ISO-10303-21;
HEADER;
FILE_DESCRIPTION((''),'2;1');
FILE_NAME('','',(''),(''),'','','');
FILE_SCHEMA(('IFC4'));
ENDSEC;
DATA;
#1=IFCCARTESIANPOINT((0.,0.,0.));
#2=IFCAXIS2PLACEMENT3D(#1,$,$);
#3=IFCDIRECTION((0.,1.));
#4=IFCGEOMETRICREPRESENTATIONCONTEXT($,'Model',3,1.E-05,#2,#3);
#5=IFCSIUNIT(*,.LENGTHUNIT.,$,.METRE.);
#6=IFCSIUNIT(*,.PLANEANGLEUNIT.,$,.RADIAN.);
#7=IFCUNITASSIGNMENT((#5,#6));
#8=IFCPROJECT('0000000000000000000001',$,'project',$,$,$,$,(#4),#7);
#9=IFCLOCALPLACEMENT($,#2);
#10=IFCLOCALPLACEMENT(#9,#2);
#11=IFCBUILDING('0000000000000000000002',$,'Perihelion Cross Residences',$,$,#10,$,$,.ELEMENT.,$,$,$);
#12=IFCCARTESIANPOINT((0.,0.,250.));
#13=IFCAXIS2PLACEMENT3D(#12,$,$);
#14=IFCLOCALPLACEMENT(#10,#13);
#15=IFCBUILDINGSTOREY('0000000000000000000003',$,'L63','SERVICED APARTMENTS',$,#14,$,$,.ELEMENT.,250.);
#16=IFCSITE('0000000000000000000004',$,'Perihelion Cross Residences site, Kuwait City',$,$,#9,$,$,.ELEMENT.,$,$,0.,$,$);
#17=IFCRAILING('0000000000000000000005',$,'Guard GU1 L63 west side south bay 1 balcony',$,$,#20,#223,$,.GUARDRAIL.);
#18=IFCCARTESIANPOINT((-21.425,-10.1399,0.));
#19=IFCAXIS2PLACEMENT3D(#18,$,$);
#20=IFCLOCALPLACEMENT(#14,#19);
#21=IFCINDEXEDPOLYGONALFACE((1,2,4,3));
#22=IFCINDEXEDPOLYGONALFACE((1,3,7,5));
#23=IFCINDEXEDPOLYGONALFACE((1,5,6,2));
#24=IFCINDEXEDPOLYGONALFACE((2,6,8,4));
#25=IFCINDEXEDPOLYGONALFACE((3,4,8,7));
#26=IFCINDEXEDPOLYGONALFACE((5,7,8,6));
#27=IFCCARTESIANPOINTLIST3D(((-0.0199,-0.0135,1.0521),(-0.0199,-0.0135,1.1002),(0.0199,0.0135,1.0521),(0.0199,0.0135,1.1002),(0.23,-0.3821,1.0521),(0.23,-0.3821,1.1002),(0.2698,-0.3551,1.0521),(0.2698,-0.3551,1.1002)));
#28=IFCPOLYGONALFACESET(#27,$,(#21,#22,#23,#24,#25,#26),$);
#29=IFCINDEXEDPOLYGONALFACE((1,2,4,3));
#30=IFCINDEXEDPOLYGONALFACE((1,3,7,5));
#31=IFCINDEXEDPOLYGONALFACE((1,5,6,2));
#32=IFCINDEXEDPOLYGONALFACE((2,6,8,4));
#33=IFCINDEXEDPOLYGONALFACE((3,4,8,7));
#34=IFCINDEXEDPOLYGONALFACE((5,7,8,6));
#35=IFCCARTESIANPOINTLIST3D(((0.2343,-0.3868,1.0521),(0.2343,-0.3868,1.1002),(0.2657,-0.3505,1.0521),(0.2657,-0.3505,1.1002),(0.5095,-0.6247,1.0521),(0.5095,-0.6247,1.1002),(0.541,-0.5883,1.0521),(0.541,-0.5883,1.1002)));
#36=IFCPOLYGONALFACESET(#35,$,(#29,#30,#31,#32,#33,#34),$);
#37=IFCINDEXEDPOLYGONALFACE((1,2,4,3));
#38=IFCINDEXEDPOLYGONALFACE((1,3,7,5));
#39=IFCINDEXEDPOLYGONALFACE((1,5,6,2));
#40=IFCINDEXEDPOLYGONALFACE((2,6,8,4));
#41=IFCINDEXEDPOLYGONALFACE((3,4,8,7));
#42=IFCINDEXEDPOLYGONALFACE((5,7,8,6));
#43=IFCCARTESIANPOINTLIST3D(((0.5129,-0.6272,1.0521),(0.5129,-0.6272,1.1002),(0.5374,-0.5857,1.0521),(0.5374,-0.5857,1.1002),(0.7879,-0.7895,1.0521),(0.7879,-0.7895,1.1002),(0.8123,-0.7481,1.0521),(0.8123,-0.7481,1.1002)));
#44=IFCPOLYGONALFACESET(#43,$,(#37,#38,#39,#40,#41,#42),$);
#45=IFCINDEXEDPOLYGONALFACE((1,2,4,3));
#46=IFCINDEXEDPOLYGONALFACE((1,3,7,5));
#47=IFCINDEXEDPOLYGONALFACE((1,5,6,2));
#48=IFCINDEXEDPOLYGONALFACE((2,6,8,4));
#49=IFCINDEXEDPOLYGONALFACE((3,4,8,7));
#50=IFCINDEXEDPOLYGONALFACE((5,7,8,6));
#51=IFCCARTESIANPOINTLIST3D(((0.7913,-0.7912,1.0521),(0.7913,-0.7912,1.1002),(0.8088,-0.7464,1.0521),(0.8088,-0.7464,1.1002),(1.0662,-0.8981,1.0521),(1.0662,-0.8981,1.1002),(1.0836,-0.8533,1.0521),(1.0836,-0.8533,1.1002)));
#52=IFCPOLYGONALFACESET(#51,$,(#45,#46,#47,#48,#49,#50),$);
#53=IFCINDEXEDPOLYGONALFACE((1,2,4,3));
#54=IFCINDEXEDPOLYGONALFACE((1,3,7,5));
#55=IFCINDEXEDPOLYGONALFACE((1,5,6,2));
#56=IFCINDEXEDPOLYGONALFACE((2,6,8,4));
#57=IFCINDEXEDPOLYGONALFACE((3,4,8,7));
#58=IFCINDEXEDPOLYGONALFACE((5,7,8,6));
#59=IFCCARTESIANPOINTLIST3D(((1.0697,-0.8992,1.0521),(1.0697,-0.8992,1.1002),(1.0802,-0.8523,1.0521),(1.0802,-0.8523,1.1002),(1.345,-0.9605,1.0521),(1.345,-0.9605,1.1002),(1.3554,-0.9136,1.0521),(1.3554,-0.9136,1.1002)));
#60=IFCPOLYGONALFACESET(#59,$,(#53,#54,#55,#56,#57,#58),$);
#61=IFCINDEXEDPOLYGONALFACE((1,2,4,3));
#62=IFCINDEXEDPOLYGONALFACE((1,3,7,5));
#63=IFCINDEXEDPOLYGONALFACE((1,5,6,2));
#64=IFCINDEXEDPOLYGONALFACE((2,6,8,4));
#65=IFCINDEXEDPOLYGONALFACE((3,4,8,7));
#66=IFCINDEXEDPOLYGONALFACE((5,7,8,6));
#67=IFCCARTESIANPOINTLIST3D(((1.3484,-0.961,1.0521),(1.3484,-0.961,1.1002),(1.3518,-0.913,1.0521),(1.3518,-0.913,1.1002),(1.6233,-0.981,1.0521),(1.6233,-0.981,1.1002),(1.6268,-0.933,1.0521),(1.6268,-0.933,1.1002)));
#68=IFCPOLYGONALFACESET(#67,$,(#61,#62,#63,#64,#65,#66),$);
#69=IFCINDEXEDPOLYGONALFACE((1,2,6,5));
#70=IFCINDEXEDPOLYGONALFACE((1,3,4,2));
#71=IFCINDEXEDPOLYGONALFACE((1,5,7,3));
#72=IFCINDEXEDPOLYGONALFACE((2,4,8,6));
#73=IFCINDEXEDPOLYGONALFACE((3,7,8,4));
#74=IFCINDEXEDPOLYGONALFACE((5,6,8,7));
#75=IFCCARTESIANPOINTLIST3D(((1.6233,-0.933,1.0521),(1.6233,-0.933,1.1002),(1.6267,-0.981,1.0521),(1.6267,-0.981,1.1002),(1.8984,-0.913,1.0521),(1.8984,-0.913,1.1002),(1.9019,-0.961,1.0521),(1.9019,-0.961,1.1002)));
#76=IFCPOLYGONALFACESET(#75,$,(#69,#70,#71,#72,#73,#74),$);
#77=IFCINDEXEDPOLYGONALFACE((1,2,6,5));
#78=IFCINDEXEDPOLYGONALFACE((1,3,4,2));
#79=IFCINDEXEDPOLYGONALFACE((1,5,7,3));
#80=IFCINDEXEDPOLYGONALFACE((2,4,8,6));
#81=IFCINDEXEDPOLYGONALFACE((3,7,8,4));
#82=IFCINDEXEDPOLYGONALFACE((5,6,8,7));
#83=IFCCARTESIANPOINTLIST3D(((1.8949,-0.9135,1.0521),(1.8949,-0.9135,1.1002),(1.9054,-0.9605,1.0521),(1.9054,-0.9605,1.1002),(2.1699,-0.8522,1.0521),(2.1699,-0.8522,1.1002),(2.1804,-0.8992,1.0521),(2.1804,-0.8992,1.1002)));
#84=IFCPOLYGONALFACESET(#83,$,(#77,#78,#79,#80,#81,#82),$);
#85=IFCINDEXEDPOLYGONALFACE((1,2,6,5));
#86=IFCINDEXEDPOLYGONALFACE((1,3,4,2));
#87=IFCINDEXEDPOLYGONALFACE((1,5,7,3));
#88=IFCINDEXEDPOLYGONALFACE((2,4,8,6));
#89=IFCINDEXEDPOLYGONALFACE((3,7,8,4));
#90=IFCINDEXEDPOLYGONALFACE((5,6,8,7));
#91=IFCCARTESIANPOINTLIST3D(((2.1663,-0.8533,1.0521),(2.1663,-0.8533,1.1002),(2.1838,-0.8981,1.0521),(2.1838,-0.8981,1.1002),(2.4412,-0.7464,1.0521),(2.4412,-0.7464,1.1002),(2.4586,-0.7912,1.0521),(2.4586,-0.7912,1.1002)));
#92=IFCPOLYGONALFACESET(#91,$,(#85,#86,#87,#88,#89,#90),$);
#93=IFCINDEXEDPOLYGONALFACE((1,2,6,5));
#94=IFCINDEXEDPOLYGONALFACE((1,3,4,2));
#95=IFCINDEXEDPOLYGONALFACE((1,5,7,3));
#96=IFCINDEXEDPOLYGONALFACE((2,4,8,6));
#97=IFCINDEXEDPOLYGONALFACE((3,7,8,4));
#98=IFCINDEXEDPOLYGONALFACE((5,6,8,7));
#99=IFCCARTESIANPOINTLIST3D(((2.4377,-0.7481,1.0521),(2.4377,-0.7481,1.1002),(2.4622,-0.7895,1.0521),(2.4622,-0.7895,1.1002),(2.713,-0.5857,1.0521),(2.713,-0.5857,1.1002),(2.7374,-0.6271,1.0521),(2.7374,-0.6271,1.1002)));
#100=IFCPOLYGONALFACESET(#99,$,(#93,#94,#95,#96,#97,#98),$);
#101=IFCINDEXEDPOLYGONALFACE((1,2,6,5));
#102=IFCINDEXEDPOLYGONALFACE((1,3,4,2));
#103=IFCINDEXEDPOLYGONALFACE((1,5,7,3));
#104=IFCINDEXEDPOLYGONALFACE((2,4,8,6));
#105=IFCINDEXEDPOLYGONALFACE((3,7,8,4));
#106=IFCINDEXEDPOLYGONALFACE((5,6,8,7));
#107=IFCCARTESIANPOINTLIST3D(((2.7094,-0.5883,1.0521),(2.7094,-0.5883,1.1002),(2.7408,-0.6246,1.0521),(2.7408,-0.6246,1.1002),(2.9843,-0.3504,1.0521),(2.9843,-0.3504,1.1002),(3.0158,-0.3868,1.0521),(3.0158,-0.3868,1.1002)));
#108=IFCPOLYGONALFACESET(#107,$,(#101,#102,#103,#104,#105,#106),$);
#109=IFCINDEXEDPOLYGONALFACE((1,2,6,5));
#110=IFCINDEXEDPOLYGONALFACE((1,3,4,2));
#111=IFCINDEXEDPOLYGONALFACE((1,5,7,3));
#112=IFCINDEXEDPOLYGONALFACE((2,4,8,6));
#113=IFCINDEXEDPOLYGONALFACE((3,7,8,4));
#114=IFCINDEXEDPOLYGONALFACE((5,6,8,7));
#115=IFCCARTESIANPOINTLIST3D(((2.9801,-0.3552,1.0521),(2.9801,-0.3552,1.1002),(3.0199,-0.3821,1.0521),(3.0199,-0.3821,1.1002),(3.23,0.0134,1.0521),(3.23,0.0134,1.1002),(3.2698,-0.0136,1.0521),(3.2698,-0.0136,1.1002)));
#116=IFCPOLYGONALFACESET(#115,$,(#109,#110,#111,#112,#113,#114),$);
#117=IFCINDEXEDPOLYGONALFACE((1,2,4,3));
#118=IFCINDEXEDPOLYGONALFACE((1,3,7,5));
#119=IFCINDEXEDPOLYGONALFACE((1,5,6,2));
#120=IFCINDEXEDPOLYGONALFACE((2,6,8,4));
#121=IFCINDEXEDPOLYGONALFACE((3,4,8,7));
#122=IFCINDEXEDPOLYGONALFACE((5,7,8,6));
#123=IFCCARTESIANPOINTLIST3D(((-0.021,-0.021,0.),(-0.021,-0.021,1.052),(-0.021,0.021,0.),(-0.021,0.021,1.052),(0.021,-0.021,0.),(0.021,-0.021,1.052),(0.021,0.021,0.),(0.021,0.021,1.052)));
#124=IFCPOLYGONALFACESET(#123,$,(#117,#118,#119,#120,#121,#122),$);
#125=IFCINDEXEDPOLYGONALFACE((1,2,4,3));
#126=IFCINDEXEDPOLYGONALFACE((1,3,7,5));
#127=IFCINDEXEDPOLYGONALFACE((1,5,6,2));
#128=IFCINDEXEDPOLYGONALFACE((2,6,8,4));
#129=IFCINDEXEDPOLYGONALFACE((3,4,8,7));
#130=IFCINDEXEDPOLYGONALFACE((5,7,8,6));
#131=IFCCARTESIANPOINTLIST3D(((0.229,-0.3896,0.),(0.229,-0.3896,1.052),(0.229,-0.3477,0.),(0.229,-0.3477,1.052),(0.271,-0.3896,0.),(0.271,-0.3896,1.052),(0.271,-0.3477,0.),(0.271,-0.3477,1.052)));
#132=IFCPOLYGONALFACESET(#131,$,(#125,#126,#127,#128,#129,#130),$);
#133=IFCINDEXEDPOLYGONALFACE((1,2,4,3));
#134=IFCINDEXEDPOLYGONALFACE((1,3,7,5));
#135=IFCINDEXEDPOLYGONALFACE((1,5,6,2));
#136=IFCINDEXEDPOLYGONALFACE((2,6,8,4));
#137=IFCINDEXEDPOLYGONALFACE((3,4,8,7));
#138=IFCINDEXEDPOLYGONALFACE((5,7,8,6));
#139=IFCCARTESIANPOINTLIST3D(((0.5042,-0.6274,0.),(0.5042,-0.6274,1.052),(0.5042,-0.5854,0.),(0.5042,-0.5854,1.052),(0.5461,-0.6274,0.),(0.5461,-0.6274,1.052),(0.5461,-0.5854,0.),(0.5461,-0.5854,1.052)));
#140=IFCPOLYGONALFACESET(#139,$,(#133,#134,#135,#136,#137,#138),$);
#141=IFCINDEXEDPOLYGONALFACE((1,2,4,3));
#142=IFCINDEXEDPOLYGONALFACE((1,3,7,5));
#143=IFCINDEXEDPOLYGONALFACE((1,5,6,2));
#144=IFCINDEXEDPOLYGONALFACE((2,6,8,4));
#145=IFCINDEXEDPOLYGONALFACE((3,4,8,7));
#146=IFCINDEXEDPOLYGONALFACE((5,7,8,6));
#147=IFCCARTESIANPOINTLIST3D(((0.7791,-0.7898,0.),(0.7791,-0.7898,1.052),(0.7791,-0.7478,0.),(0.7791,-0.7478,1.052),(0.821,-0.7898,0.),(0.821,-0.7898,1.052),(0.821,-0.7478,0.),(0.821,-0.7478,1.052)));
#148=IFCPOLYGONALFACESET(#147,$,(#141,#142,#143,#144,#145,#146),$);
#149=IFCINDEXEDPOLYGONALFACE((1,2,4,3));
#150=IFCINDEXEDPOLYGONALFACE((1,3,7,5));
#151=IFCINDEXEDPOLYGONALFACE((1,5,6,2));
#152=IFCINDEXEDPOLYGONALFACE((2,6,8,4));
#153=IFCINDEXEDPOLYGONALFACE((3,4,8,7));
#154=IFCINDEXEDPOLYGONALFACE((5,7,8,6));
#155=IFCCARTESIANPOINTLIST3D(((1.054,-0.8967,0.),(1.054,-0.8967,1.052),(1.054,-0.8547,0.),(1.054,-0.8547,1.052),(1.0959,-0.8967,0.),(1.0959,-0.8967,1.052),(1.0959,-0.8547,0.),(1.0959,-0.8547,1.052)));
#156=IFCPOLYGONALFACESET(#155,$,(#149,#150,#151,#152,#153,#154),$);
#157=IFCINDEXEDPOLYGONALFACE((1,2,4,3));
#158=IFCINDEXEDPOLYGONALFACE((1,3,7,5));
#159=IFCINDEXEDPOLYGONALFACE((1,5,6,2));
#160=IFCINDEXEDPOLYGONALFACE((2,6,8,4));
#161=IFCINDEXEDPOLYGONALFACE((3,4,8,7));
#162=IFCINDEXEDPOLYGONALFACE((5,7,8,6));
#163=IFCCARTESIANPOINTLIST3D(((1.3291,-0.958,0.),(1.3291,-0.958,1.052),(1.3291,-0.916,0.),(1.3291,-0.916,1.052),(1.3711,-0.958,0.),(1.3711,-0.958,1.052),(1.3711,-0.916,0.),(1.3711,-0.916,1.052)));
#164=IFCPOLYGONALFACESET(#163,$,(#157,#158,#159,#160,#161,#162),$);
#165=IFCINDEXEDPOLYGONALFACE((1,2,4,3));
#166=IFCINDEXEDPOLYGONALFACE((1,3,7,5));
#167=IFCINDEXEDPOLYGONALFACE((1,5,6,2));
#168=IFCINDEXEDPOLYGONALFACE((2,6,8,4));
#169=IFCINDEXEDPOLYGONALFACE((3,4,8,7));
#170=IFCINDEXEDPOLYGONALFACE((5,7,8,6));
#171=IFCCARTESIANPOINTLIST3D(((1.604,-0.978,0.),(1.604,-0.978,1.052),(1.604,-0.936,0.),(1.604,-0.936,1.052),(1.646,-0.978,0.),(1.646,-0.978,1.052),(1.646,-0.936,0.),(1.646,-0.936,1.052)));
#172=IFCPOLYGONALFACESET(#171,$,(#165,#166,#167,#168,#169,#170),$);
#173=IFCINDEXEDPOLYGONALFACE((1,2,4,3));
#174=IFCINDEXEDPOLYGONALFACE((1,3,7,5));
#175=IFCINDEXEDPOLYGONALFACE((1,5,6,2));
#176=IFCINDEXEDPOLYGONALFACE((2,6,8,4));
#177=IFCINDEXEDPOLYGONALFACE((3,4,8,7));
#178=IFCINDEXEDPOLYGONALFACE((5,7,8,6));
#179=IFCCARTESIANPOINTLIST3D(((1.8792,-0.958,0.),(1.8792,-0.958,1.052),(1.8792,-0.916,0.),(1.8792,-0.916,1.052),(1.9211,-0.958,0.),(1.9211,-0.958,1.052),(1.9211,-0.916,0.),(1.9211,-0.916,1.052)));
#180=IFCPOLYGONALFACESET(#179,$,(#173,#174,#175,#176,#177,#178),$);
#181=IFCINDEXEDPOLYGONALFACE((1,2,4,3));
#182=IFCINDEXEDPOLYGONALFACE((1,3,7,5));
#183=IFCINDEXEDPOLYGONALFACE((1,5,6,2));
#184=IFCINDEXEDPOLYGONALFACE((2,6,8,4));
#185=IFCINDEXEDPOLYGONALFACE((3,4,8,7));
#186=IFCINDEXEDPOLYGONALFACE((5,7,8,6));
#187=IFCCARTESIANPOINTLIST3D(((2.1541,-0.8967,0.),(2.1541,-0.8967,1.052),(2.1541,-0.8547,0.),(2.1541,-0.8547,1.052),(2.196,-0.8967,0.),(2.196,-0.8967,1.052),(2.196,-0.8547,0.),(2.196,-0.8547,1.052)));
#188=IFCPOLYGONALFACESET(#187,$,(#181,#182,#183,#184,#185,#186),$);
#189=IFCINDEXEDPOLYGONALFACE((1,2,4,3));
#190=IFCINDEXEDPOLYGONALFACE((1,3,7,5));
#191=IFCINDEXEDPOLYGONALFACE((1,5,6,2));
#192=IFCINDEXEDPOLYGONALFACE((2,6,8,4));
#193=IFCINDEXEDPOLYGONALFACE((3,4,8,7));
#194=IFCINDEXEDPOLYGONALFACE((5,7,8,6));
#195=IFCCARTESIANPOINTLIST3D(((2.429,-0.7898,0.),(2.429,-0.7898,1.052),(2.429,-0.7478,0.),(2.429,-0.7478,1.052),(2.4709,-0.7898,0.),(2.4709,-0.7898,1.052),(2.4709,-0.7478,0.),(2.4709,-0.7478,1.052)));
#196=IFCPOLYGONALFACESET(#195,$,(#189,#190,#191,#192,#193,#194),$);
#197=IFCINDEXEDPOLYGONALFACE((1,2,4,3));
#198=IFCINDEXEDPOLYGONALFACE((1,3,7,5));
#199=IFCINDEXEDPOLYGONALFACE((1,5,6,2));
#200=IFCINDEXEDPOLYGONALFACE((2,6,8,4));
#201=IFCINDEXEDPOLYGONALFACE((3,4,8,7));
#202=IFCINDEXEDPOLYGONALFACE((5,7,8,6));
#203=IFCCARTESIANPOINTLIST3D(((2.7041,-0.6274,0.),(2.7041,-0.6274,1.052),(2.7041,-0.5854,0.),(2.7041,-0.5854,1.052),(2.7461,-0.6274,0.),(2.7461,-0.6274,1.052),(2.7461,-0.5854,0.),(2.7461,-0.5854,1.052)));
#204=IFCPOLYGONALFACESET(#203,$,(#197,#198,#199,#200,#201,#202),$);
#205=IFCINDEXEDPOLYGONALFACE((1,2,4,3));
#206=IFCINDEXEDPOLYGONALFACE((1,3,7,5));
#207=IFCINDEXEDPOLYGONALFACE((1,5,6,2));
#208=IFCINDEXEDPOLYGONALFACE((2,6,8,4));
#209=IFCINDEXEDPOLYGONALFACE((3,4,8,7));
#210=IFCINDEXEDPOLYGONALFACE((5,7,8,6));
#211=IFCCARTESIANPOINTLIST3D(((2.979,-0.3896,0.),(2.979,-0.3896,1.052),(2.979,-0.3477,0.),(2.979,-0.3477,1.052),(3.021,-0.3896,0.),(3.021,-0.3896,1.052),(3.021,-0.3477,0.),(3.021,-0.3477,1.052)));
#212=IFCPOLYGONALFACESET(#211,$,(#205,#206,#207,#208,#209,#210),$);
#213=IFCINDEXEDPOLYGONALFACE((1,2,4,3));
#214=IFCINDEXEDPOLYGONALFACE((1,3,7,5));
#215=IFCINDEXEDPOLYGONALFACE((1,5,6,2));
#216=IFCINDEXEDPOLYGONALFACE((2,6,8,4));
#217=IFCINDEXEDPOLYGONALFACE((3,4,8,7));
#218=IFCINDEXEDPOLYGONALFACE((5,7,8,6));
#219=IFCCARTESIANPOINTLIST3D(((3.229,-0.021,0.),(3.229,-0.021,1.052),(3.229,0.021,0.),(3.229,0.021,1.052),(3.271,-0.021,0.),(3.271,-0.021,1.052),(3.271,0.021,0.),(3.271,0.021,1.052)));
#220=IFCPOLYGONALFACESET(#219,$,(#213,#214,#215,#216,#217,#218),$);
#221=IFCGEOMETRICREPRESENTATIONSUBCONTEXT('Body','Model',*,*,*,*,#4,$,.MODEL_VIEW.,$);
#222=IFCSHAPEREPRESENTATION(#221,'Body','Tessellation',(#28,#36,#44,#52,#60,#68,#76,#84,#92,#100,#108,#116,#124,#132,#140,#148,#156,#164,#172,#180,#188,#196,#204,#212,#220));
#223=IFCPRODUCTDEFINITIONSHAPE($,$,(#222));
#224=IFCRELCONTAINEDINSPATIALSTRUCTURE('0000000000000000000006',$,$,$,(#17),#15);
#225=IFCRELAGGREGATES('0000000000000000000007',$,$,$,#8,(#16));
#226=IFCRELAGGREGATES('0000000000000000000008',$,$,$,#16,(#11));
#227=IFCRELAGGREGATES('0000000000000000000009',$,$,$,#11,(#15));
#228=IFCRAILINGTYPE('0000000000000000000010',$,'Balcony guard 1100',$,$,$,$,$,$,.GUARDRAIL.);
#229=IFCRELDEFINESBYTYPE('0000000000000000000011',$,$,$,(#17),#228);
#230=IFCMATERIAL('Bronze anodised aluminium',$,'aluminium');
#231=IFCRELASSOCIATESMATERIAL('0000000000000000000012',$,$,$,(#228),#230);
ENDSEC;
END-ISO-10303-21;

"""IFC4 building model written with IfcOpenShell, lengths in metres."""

from ifc_helpers import new_model, si_unit, direction, frame, origin, origin_2d, place, context, subcontext, project, spatial, rectangle, extrude, material, type_object, element, save


model = new_model("IFC4")

# Units and contexts
model_context = context("Model", 3, precision=1e-05, world=origin(), true_north=direction((0.0, 1.0)))
body_context = subcontext(model_context, "Body", "Model", "MODEL_VIEW")
ifc_project = project(units=[si_unit("LENGTHUNIT", "METRE"), si_unit("PLANEANGLEUNIT", "RADIAN")], contexts=[model_context])

# Site, building, storey
site_placement = place(None, origin())
site = spatial("IfcSite", under=ifc_project, at=site_placement, Name="Perihelion Cross Residences site, Kuwait City", CompositionType="ELEMENT", RefElevation=0.0)
building_placement = place(site_placement, origin())
building = spatial("IfcBuilding", under=site, at=building_placement, Name="Perihelion Cross Residences", CompositionType="ELEMENT")
storey_placement = place(building_placement, frame((0.0, 0.0, 250.0)))
storey = spatial("IfcBuildingStorey", under=building, at=storey_placement, Name="L63", Description="SERVICED APARTMENTS", CompositionType="ELEMENT", Elevation=250.0)

# Railing
ifc_material_1 = material(Name="Bronze anodised aluminium", Category="aluminium")
railing_type_1 = type_object("IfcRailingType", Name="Balcony guard 1100", PredefinedType="GUARDRAIL", material=ifc_material_1)
railing_1_placement = place(storey_placement, frame((-21.425, -10.1399, 0.0)))
element("IfcRailing", 1, at=railing_1_placement, inside=storey, type_object=railing_type_1, Name="Guard GU1 L63 west side south bay 1 balcony", PredefinedType="GUARDRAIL", context=body_context, shape_type="SweptSolid", body=[
    extrude(rectangle(XDim=0.0481, YDim=0.0481, at=origin_2d()), frame((0.0, 0.0, 1.0762), z_axis=(0.56126, -0.827639, 0.0), x_axis=(0.827639, 0.56126, 0.0)), (0.0, 0.0, 1.0), 0.4453),
    extrude(rectangle(XDim=0.0481, YDim=0.0481, at=origin_2d()), frame((0.25, -0.3687, 1.0762), z_axis=(0.756597, -0.653882, 0.0), x_axis=(0.653882, 0.756597, 0.0)), (0.0, 0.0, 1.0), 0.3638),
    extrude(rectangle(XDim=0.0481, YDim=0.0481, at=origin_2d()), frame((0.5251, -0.6064, 1.0762), z_axis=(0.861048, -0.508523, 0.0), x_axis=(0.508523, 0.861048, 0.0)), (0.0, 0.0, 1.0), 0.3193),
    extrude(rectangle(XDim=0.0481, YDim=0.0481, at=origin_2d()), frame((0.8, -0.7688, 1.0762), z_axis=(0.931974, -0.362526, 0.0), x_axis=(0.362526, 0.931974, 0.0)), (0.0, 0.0, 1.0), 0.2949),
    extrude(rectangle(XDim=0.0481, YDim=0.0481, at=origin_2d()), frame((1.075, -0.8757, 1.0762), z_axis=(0.976085, -0.217389, 0.0), x_axis=(0.217389, 0.976085, 0.0)), (0.0, 0.0, 1.0), 0.282),
    extrude(rectangle(XDim=0.0481, YDim=0.0481, at=origin_2d()), frame((1.3501, -0.937, 1.0762), z_axis=(0.997359, -0.072632, 0.0), x_axis=(0.072632, 0.997359, 0.0)), (0.0, 0.0, 1.0), 0.2756),
    extrude(rectangle(XDim=0.0481, YDim=0.0481, at=origin_2d()), frame((1.625, -0.957, 1.0762), z_axis=(0.997363, 0.072568, 0.0), x_axis=(-0.072568, 0.997363, 0.0)), (0.0, 0.0, 1.0), 0.2759),
    extrude(rectangle(XDim=0.0481, YDim=0.0481, at=origin_2d()), frame((1.9001, -0.937, 1.0762), z_axis=(0.976044, 0.217573, 0.0), x_axis=(-0.217573, 0.976044, 0.0)), (0.0, 0.0, 1.0), 0.2817),
    extrude(rectangle(XDim=0.0481, YDim=0.0481, at=origin_2d()), frame((2.175, -0.8757, 1.0762), z_axis=(0.931974, 0.362526, 0.0), x_axis=(-0.362526, 0.931974, 0.0)), (0.0, 0.0, 1.0), 0.2949),
    extrude(rectangle(XDim=0.0481, YDim=0.0481, at=origin_2d()), frame((2.45, -0.7688, 1.0762), z_axis=(0.861246, 0.508189, 0.0), x_axis=(-0.508189, 0.861246, 0.0)), (0.0, 0.0, 1.0), 0.3196),
    extrude(rectangle(XDim=0.0481, YDim=0.0481, at=origin_2d()), frame((2.7251, -0.6064, 1.0762), z_axis=(0.756309, 0.654214, 0.0), x_axis=(-0.654214, 0.756309, 0.0)), (0.0, 0.0, 1.0), 0.3635),
    extrude(rectangle(XDim=0.0481, YDim=0.0481, at=origin_2d()), frame((3.0, -0.3687, 1.0762), z_axis=(0.56126, 0.827639, 0.0), x_axis=(-0.827639, 0.56126, 0.0)), (0.0, 0.0, 1.0), 0.4453),
    extrude(rectangle(XDim=0.042, YDim=0.042, at=origin_2d()), origin(), (0.0, 0.0, 1.0), 1.052),
    extrude(rectangle(XDim=0.042, YDim=0.042, at=origin_2d()), frame((0.25, -0.3687, 0.0)), (0.0, 0.0, 1.0), 1.052),
    extrude(rectangle(XDim=0.042, YDim=0.042, at=origin_2d()), frame((0.5251, -0.6064, 0.0)), (0.0, 0.0, 1.0), 1.052),
    extrude(rectangle(XDim=0.042, YDim=0.042, at=origin_2d()), frame((0.8, -0.7688, 0.0)), (0.0, 0.0, 1.0), 1.052),
    extrude(rectangle(XDim=0.042, YDim=0.042, at=origin_2d()), frame((1.075, -0.8757, 0.0)), (0.0, 0.0, 1.0), 1.052),
    extrude(rectangle(XDim=0.042, YDim=0.042, at=origin_2d()), frame((1.3501, -0.937, 0.0)), (0.0, 0.0, 1.0), 1.052),
    extrude(rectangle(XDim=0.042, YDim=0.042, at=origin_2d()), frame((1.625, -0.957, 0.0)), (0.0, 0.0, 1.0), 1.052),
    extrude(rectangle(XDim=0.042, YDim=0.042, at=origin_2d()), frame((1.9001, -0.937, 0.0)), (0.0, 0.0, 1.0), 1.052),
    extrude(rectangle(XDim=0.042, YDim=0.042, at=origin_2d()), frame((2.175, -0.8757, 0.0)), (0.0, 0.0, 1.0), 1.052),
    extrude(rectangle(XDim=0.042, YDim=0.042, at=origin_2d()), frame((2.45, -0.7688, 0.0)), (0.0, 0.0, 1.0), 1.052),
    extrude(rectangle(XDim=0.042, YDim=0.042, at=origin_2d()), frame((2.7251, -0.6064, 0.0)), (0.0, 0.0, 1.0), 1.052),
    extrude(rectangle(XDim=0.042, YDim=0.042, at=origin_2d()), frame((3.0, -0.3687, 0.0)), (0.0, 0.0, 1.0), 1.052),
    extrude(rectangle(XDim=0.042, YDim=0.042, at=origin_2d()), frame((3.25, 0.0, 0.0)), (0.0, 0.0, 1.0), 1.052),
])

save(model, "model.ifc")
